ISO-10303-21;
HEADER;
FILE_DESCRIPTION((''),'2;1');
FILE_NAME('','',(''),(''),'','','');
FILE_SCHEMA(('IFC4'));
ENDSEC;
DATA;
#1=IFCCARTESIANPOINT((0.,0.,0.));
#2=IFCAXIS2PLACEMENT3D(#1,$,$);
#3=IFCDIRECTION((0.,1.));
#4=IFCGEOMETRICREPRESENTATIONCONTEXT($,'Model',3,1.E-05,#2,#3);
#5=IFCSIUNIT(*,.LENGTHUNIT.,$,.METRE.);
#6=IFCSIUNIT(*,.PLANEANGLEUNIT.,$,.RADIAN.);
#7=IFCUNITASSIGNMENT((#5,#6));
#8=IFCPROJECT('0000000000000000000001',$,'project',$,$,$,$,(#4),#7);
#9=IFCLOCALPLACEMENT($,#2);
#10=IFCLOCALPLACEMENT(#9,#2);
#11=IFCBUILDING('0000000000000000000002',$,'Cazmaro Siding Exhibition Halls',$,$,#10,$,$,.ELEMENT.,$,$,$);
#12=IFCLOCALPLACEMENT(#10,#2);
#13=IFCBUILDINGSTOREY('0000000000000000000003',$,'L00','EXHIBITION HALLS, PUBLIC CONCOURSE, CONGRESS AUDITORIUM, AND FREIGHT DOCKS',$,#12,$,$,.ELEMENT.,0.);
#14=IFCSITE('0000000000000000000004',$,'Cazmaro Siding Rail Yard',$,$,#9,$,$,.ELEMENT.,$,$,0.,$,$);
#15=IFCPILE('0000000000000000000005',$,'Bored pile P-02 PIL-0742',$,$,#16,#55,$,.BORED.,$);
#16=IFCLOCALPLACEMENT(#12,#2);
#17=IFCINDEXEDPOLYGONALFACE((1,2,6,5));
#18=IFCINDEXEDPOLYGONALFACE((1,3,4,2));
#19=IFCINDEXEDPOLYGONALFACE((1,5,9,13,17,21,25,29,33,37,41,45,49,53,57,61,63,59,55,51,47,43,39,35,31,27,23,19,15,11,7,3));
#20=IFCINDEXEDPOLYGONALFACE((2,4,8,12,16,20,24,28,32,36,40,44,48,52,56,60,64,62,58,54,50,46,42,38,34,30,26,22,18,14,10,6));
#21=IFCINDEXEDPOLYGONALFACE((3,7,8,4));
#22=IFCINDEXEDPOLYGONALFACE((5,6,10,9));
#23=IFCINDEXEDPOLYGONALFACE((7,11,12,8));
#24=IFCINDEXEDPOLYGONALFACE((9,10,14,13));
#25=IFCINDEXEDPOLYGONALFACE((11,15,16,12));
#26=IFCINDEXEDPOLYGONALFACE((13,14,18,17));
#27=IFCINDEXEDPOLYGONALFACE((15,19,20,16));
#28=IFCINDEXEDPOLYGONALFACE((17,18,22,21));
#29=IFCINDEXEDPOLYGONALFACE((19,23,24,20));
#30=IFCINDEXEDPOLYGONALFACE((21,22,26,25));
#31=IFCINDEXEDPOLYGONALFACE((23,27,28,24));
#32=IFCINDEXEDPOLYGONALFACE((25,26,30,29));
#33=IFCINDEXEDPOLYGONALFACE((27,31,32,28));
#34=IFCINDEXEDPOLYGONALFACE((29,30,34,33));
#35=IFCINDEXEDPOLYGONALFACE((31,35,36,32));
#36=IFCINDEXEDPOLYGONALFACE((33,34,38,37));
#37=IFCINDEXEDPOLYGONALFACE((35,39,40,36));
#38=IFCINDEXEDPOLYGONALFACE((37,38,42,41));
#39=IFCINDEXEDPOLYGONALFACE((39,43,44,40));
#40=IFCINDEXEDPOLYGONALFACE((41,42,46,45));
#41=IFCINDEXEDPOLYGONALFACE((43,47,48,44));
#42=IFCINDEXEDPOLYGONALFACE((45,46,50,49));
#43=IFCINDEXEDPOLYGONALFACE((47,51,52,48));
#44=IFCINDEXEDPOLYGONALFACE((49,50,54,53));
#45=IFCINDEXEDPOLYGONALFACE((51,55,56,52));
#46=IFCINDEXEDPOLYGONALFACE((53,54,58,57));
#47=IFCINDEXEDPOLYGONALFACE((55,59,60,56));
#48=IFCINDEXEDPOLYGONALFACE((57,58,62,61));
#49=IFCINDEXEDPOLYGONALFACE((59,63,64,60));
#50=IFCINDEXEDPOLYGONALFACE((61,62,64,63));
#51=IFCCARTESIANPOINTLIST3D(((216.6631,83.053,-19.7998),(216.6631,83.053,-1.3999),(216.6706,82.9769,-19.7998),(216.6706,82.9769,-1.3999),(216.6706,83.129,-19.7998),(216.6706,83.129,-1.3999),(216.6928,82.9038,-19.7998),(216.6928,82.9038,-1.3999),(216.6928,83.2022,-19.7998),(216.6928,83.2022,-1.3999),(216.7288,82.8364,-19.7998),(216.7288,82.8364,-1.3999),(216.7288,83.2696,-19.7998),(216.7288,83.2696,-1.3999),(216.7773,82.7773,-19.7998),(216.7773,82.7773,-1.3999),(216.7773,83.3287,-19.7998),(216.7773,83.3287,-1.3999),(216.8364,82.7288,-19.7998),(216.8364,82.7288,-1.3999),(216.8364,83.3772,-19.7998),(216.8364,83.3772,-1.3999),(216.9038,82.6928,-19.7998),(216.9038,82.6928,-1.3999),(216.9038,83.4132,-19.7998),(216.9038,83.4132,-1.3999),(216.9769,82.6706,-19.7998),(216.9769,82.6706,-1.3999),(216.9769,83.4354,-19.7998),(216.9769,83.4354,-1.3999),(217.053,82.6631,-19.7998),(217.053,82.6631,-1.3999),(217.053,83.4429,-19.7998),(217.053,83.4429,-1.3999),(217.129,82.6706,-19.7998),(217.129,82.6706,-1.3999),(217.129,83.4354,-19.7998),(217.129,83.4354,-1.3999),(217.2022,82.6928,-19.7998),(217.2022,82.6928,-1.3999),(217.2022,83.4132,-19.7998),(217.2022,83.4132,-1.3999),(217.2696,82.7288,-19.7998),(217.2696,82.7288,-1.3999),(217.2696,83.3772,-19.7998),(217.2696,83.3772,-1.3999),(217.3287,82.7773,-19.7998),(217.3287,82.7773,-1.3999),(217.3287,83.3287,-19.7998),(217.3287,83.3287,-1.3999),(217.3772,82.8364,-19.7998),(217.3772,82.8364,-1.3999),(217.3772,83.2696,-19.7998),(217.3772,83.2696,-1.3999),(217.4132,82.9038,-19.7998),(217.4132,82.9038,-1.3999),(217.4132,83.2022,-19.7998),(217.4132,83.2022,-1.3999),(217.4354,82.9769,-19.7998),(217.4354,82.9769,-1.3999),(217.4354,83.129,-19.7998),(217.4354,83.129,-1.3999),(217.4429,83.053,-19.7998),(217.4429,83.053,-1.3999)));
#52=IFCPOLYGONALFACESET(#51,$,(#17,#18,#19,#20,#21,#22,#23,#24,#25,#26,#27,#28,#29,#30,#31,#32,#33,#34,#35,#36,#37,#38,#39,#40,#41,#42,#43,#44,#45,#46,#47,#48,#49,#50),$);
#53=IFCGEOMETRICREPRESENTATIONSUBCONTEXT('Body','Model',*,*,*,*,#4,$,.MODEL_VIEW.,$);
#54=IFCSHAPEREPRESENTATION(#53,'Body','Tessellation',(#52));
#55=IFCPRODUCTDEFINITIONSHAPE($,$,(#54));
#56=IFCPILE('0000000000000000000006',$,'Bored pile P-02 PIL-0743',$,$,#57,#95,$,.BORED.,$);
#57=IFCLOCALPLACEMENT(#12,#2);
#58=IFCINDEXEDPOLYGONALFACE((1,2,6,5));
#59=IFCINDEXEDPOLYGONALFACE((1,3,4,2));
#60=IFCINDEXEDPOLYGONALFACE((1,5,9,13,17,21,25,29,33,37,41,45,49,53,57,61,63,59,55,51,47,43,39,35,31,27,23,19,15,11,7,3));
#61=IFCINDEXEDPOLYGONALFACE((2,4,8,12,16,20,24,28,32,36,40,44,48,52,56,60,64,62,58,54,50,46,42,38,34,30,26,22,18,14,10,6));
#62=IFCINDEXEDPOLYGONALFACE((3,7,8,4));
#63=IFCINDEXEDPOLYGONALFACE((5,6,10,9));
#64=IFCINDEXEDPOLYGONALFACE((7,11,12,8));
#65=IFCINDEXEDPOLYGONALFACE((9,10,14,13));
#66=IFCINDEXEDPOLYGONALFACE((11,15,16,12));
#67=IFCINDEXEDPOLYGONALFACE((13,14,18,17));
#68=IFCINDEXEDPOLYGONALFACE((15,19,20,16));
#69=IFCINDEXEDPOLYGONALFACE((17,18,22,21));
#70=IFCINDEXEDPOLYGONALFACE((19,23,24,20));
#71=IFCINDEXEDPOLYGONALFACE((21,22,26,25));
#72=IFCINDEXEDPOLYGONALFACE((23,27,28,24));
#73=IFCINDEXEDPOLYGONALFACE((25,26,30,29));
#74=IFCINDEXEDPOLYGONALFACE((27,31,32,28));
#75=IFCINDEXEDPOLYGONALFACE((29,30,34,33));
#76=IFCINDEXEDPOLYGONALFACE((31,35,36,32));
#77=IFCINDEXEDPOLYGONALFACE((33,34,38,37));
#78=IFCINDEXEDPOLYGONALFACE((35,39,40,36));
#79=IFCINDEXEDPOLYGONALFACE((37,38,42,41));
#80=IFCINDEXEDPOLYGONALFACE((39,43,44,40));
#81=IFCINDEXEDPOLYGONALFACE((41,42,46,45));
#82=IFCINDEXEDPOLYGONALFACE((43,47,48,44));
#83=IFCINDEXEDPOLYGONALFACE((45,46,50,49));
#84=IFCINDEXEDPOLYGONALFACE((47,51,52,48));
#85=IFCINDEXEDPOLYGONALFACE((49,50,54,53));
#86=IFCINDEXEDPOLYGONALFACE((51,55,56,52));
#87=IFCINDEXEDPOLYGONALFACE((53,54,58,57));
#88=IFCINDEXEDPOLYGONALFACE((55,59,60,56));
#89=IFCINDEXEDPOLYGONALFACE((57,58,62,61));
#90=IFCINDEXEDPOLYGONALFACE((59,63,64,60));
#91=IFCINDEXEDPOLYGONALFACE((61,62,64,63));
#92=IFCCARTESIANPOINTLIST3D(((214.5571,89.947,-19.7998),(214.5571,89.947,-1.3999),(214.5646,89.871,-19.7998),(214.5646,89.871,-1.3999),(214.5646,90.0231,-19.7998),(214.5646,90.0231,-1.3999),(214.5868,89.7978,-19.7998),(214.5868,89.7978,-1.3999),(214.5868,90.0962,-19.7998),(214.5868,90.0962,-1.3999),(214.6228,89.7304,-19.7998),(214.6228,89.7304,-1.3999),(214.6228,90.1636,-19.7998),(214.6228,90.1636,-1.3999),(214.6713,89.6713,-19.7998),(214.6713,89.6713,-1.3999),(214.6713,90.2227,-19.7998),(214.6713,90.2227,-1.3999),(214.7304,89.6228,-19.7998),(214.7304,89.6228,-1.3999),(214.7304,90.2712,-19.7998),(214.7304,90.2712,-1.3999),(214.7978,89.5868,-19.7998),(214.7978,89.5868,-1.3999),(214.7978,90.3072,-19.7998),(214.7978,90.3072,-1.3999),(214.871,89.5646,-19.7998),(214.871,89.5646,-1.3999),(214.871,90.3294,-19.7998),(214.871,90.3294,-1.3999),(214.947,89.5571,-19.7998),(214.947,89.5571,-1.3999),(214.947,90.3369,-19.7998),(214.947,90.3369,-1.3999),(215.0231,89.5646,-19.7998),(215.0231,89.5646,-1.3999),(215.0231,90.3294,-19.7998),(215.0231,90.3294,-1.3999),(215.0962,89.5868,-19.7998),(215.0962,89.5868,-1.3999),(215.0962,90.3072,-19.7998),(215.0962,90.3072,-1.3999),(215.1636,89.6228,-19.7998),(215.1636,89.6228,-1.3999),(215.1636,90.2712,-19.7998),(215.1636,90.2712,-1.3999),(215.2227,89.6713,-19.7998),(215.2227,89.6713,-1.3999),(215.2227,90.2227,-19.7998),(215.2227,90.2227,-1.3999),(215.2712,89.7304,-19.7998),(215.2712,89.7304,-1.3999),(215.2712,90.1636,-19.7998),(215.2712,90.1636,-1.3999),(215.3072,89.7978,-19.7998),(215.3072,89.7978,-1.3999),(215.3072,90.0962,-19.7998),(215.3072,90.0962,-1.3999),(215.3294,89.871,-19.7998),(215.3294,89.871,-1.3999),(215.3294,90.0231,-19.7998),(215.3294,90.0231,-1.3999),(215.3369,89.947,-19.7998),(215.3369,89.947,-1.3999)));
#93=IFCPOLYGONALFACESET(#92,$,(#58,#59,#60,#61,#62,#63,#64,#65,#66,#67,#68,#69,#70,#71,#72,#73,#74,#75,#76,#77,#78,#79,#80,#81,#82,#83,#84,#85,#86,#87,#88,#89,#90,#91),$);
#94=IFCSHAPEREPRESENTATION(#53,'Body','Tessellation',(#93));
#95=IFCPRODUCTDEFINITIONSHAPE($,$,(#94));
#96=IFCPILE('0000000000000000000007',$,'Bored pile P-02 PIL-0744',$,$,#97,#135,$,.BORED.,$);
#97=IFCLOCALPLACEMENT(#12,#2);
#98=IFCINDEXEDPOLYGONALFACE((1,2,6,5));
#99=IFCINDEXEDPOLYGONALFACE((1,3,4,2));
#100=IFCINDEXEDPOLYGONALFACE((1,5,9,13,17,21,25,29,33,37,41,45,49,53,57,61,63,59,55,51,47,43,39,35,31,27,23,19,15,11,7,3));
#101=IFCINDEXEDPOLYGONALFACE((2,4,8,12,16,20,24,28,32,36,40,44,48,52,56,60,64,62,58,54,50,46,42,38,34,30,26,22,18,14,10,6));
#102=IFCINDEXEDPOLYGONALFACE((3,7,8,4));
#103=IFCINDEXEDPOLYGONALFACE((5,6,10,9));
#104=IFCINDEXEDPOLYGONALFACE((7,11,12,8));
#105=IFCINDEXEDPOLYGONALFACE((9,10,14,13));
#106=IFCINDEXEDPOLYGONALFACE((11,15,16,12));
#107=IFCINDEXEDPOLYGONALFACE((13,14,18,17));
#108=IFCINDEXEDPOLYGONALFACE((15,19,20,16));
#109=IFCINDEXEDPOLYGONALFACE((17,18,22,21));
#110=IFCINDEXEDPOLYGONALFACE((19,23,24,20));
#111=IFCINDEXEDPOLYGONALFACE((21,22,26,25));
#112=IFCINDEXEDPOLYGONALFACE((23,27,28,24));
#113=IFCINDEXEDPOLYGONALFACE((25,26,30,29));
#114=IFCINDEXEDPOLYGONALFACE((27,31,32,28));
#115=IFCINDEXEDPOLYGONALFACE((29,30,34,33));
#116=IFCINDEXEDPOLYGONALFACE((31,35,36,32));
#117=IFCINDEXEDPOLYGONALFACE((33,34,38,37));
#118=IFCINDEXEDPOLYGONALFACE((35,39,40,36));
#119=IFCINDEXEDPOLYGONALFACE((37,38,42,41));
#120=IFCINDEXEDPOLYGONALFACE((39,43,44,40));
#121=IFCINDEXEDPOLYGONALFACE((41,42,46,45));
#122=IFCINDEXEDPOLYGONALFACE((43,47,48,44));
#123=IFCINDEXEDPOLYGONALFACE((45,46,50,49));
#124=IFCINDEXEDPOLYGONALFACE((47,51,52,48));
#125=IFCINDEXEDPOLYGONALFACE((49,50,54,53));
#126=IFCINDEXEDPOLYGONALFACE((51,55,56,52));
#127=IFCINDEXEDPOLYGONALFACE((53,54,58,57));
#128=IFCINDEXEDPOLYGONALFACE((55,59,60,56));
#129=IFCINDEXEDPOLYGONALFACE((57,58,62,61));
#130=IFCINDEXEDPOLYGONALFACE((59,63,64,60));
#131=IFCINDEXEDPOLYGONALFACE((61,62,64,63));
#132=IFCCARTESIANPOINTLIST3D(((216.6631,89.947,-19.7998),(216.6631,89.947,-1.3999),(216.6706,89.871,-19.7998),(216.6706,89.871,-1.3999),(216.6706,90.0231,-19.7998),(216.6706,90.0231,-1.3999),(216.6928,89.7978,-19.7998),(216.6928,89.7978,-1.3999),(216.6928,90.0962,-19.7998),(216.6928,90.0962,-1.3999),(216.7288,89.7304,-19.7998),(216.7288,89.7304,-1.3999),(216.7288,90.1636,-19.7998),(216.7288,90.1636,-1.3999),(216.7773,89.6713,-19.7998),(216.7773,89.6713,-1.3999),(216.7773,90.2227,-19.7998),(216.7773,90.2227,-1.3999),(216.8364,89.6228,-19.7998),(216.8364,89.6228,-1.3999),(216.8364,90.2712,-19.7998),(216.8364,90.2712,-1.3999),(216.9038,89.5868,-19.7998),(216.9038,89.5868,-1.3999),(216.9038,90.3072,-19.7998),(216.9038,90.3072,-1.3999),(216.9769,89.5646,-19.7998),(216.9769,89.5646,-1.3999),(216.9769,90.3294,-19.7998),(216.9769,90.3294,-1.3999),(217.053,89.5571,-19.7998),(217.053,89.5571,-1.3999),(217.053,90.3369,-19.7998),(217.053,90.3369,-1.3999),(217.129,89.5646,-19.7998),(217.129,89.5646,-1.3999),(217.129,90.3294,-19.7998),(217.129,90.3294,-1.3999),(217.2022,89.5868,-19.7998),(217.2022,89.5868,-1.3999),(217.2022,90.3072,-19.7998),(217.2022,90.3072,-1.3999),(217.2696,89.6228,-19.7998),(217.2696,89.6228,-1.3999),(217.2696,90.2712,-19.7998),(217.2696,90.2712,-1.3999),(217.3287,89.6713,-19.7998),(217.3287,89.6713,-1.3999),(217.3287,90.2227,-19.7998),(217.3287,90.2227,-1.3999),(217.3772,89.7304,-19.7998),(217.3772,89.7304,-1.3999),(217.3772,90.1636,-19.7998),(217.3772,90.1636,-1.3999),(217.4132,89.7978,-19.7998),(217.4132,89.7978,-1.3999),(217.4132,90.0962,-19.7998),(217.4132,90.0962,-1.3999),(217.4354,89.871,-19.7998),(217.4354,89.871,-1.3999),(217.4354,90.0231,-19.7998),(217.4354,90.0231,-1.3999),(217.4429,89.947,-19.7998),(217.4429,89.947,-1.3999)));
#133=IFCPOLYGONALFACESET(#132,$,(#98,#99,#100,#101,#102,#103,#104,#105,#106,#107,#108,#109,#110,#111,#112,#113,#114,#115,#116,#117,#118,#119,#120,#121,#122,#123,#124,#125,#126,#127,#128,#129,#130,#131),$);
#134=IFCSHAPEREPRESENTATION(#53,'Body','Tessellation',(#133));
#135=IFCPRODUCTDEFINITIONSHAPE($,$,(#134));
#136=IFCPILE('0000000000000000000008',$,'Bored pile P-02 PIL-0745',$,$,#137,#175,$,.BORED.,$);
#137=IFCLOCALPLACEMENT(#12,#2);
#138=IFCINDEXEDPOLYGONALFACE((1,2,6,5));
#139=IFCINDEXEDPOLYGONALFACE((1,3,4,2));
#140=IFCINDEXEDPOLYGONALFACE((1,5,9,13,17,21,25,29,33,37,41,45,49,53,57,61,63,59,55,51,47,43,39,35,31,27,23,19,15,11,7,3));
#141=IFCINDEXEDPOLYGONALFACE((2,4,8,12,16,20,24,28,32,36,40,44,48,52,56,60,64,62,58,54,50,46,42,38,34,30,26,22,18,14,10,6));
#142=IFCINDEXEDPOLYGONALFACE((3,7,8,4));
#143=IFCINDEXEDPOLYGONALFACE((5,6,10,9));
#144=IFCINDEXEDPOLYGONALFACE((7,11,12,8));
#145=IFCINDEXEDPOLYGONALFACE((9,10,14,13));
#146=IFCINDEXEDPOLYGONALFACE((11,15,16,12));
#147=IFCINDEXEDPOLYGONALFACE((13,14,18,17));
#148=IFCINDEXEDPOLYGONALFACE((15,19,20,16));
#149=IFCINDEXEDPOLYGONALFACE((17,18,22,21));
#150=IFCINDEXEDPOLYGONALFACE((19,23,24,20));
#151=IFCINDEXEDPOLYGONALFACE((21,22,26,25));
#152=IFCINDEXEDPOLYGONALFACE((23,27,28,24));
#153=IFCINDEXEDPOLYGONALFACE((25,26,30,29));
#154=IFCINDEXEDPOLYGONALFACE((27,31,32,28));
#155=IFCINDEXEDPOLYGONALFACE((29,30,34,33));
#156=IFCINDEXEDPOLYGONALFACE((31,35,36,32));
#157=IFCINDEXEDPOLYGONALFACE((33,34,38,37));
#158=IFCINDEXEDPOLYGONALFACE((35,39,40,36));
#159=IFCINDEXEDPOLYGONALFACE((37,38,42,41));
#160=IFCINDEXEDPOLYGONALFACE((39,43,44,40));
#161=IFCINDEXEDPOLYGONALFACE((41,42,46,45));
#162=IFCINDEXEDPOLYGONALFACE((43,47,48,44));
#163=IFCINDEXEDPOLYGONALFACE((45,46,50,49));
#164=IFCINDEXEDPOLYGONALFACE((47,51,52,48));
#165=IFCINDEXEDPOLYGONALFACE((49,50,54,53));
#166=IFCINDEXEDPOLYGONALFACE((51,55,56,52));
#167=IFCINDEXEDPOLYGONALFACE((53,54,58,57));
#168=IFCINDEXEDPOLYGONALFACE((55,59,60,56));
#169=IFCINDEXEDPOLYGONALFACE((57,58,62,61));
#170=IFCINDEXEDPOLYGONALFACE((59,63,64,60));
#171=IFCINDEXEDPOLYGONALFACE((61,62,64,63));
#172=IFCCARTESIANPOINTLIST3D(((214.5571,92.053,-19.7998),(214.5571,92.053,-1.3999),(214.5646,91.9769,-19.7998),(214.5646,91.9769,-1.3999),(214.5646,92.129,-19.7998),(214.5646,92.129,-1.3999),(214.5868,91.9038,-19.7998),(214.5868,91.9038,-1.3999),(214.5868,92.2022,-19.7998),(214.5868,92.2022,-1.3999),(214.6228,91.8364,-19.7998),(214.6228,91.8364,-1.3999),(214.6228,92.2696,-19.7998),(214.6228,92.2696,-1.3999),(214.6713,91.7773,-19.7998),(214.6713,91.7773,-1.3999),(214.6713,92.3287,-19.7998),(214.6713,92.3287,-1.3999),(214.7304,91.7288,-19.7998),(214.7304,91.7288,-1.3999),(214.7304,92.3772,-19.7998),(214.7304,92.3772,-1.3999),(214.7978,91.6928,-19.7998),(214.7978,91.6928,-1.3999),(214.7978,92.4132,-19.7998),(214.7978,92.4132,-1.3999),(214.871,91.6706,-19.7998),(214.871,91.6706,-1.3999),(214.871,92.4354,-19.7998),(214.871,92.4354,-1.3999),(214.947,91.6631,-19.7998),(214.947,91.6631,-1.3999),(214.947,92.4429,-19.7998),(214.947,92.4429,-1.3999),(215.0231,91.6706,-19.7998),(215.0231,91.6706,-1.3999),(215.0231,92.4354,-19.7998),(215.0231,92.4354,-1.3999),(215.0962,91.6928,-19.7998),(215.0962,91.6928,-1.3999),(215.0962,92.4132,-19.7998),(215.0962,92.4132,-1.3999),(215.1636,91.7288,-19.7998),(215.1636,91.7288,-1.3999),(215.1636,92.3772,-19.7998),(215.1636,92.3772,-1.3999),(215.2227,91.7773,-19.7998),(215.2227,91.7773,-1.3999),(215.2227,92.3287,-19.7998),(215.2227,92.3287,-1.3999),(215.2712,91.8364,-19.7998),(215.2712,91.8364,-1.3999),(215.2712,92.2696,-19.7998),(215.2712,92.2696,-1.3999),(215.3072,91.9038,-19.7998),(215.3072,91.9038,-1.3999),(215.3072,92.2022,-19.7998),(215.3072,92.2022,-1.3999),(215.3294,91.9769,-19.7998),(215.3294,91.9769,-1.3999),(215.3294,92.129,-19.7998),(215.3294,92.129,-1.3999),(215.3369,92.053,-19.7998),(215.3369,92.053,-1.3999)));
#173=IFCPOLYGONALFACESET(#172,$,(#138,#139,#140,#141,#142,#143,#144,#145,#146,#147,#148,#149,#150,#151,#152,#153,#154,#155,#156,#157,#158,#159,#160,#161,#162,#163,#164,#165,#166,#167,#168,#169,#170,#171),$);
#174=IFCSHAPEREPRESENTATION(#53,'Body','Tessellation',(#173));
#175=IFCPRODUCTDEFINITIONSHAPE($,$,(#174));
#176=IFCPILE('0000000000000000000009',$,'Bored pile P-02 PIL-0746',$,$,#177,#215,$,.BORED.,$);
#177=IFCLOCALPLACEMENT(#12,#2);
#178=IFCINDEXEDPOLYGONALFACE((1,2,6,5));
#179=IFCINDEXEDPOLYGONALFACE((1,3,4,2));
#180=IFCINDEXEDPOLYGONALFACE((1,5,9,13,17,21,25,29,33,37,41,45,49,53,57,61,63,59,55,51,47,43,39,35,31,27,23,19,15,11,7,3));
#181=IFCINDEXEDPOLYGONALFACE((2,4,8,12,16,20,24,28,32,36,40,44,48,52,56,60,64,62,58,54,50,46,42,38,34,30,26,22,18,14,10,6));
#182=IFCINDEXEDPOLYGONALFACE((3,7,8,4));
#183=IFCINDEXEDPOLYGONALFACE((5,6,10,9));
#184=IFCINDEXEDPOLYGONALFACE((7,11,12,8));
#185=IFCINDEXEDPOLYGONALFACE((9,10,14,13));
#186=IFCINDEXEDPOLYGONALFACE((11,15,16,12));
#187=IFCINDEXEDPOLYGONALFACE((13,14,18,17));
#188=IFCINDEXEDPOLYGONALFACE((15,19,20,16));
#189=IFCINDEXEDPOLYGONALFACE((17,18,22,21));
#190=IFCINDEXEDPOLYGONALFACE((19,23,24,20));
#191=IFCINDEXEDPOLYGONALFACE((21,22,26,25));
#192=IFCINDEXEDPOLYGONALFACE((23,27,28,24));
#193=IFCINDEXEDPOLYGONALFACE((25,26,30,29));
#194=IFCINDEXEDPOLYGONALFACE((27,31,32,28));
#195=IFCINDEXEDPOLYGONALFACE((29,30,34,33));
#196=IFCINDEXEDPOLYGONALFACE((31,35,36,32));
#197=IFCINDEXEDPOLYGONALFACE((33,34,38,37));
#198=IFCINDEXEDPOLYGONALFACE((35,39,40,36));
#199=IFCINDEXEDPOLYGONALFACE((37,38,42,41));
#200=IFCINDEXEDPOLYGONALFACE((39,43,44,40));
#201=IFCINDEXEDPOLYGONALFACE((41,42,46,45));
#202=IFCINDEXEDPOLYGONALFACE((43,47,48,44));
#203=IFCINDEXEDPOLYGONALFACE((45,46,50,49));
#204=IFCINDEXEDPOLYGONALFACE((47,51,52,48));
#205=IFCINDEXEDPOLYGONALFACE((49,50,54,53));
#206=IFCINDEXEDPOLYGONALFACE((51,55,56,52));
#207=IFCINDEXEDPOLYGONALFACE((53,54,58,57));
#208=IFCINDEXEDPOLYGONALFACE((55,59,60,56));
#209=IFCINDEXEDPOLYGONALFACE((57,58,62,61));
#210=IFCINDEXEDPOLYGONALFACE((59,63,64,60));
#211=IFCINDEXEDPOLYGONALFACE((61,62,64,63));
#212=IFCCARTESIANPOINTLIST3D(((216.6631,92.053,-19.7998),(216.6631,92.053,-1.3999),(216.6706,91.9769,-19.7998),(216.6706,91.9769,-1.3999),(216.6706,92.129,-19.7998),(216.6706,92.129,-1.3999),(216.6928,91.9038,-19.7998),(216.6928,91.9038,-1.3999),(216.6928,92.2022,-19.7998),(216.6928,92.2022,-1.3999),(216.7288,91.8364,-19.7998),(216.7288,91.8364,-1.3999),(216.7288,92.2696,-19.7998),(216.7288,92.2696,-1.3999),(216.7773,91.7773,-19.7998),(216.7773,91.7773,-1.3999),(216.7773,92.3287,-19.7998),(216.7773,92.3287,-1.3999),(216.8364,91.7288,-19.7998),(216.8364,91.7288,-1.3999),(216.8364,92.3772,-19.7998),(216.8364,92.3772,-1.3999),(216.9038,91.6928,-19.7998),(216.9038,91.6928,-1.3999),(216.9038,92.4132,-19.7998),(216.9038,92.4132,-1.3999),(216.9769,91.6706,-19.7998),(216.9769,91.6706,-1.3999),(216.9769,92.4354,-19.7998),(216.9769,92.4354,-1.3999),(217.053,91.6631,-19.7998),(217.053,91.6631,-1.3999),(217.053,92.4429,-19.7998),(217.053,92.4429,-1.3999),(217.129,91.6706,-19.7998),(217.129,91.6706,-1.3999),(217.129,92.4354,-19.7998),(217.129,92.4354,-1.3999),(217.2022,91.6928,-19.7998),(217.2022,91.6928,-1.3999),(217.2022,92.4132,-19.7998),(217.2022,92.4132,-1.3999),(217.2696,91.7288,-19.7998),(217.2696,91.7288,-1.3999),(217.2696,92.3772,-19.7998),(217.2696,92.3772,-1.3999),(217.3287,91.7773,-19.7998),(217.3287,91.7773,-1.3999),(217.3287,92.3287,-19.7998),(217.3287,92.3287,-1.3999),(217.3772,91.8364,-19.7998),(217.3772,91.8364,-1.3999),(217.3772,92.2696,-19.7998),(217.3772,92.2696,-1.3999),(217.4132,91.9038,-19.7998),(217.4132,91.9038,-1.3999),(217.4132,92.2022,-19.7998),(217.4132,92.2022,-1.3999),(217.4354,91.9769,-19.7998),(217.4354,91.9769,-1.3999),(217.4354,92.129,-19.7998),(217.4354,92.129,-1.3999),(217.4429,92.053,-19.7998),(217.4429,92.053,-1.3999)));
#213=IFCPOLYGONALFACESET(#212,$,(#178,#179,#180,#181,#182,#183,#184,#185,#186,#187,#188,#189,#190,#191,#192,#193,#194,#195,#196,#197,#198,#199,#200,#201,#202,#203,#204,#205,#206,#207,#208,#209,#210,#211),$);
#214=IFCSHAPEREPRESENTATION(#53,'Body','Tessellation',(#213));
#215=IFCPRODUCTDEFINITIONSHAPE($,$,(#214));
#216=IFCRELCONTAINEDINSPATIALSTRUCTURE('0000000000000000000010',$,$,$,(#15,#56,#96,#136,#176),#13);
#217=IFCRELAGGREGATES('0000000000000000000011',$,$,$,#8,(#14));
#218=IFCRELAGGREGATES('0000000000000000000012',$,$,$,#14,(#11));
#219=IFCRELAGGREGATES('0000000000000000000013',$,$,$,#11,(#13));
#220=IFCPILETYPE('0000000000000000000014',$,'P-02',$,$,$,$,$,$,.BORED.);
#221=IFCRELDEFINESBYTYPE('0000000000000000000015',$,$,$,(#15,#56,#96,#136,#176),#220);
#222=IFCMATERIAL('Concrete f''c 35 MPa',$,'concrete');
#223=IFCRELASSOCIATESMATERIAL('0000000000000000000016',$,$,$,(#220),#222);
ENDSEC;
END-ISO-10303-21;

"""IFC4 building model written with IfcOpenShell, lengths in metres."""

from ifc_helpers import new_model, si_unit, direction, frame, origin, origin_2d, place, context, subcontext, project, spatial, circle, extrude, material, material_profile, profile_set, type_object, element, save


model = new_model("IFC4")

# Units and contexts
model_context = context("Model", 3, precision=1e-05, world=origin(), true_north=direction((0.0, 1.0)))
body_context = subcontext(model_context, "Body", "Model", "MODEL_VIEW")
ifc_project = project(units=[si_unit("LENGTHUNIT", "METRE"), si_unit("PLANEANGLEUNIT", "RADIAN")], contexts=[model_context])

# Site, building, storey
site_placement = place(None, origin())
site = spatial("IfcSite", under=ifc_project, at=site_placement, Name="Cazmaro Siding Rail Yard", CompositionType="ELEMENT", RefElevation=0.0)
building_placement = place(site_placement, origin())
building = spatial("IfcBuilding", under=site, at=building_placement, Name="Cazmaro Siding Exhibition Halls", CompositionType="ELEMENT")
storey_placement = place(building_placement, origin())
storey = spatial("IfcBuildingStorey", under=building, at=storey_placement, Name="L00", Description="EXHIBITION HALLS, PUBLIC CONCOURSE, CONGRESS AUDITORIUM, AND FREIGHT DOCKS", CompositionType="ELEMENT", Elevation=0.0)

# Piles
ifc_material_1 = material(Name="Concrete f'c 35 MPa", Category="concrete")
ifc_material_profile_1 = material_profile(ifc_material_1, circle(Radius=0.3899, at=origin_2d()), Name="CIDH-780")
ifc_profile_set_1 = profile_set([ifc_material_profile_1], Name="Concrete f'c 35 MPa")
pile_type = type_object("IfcPileType", Name="P-02", PredefinedType="BORED", material=ifc_profile_set_1)
for number, where, z_axis, x_axis, name in (
    (1, (217.053, 83.053, -1.3999), (0.0, 0.0, -1.0), (1.0, 0.0, 0.0), "Bored pile P-02 PIL-0742"),
    (2, (214.947, 89.947, -1.3999), (0.0, 0.0, -1.0), (1.0, 0.0, 0.0), "Bored pile P-02 PIL-0743"),
    (3, (217.053, 89.947, -1.3999), (0.0, 0.0, -1.0), (1.0, 0.0, 0.0), "Bored pile P-02 PIL-0744"),
    (4, (214.947, 92.053, -1.3999), (0.0, 0.0, -1.0), (1.0, 0.0, 0.0), "Bored pile P-02 PIL-0745"),
    (5, (217.053, 92.053, -1.3999), (0.0, 0.0, -1.0), (1.0, 0.0, 0.0), "Bored pile P-02 PIL-0746"),
):
    element("IfcPile", number, at=place(storey_placement, frame(where, z_axis=z_axis, x_axis=x_axis)), inside=storey, type_object=pile_type, Name=name, PredefinedType="BORED", context=body_context, shape_type="SweptSolid", body=[
        extrude(circle(Radius=0.3899, at=origin_2d()), origin(), (0.0, 0.0, 1.0), 18.3999),
    ])

save(model, "model.ifc")
